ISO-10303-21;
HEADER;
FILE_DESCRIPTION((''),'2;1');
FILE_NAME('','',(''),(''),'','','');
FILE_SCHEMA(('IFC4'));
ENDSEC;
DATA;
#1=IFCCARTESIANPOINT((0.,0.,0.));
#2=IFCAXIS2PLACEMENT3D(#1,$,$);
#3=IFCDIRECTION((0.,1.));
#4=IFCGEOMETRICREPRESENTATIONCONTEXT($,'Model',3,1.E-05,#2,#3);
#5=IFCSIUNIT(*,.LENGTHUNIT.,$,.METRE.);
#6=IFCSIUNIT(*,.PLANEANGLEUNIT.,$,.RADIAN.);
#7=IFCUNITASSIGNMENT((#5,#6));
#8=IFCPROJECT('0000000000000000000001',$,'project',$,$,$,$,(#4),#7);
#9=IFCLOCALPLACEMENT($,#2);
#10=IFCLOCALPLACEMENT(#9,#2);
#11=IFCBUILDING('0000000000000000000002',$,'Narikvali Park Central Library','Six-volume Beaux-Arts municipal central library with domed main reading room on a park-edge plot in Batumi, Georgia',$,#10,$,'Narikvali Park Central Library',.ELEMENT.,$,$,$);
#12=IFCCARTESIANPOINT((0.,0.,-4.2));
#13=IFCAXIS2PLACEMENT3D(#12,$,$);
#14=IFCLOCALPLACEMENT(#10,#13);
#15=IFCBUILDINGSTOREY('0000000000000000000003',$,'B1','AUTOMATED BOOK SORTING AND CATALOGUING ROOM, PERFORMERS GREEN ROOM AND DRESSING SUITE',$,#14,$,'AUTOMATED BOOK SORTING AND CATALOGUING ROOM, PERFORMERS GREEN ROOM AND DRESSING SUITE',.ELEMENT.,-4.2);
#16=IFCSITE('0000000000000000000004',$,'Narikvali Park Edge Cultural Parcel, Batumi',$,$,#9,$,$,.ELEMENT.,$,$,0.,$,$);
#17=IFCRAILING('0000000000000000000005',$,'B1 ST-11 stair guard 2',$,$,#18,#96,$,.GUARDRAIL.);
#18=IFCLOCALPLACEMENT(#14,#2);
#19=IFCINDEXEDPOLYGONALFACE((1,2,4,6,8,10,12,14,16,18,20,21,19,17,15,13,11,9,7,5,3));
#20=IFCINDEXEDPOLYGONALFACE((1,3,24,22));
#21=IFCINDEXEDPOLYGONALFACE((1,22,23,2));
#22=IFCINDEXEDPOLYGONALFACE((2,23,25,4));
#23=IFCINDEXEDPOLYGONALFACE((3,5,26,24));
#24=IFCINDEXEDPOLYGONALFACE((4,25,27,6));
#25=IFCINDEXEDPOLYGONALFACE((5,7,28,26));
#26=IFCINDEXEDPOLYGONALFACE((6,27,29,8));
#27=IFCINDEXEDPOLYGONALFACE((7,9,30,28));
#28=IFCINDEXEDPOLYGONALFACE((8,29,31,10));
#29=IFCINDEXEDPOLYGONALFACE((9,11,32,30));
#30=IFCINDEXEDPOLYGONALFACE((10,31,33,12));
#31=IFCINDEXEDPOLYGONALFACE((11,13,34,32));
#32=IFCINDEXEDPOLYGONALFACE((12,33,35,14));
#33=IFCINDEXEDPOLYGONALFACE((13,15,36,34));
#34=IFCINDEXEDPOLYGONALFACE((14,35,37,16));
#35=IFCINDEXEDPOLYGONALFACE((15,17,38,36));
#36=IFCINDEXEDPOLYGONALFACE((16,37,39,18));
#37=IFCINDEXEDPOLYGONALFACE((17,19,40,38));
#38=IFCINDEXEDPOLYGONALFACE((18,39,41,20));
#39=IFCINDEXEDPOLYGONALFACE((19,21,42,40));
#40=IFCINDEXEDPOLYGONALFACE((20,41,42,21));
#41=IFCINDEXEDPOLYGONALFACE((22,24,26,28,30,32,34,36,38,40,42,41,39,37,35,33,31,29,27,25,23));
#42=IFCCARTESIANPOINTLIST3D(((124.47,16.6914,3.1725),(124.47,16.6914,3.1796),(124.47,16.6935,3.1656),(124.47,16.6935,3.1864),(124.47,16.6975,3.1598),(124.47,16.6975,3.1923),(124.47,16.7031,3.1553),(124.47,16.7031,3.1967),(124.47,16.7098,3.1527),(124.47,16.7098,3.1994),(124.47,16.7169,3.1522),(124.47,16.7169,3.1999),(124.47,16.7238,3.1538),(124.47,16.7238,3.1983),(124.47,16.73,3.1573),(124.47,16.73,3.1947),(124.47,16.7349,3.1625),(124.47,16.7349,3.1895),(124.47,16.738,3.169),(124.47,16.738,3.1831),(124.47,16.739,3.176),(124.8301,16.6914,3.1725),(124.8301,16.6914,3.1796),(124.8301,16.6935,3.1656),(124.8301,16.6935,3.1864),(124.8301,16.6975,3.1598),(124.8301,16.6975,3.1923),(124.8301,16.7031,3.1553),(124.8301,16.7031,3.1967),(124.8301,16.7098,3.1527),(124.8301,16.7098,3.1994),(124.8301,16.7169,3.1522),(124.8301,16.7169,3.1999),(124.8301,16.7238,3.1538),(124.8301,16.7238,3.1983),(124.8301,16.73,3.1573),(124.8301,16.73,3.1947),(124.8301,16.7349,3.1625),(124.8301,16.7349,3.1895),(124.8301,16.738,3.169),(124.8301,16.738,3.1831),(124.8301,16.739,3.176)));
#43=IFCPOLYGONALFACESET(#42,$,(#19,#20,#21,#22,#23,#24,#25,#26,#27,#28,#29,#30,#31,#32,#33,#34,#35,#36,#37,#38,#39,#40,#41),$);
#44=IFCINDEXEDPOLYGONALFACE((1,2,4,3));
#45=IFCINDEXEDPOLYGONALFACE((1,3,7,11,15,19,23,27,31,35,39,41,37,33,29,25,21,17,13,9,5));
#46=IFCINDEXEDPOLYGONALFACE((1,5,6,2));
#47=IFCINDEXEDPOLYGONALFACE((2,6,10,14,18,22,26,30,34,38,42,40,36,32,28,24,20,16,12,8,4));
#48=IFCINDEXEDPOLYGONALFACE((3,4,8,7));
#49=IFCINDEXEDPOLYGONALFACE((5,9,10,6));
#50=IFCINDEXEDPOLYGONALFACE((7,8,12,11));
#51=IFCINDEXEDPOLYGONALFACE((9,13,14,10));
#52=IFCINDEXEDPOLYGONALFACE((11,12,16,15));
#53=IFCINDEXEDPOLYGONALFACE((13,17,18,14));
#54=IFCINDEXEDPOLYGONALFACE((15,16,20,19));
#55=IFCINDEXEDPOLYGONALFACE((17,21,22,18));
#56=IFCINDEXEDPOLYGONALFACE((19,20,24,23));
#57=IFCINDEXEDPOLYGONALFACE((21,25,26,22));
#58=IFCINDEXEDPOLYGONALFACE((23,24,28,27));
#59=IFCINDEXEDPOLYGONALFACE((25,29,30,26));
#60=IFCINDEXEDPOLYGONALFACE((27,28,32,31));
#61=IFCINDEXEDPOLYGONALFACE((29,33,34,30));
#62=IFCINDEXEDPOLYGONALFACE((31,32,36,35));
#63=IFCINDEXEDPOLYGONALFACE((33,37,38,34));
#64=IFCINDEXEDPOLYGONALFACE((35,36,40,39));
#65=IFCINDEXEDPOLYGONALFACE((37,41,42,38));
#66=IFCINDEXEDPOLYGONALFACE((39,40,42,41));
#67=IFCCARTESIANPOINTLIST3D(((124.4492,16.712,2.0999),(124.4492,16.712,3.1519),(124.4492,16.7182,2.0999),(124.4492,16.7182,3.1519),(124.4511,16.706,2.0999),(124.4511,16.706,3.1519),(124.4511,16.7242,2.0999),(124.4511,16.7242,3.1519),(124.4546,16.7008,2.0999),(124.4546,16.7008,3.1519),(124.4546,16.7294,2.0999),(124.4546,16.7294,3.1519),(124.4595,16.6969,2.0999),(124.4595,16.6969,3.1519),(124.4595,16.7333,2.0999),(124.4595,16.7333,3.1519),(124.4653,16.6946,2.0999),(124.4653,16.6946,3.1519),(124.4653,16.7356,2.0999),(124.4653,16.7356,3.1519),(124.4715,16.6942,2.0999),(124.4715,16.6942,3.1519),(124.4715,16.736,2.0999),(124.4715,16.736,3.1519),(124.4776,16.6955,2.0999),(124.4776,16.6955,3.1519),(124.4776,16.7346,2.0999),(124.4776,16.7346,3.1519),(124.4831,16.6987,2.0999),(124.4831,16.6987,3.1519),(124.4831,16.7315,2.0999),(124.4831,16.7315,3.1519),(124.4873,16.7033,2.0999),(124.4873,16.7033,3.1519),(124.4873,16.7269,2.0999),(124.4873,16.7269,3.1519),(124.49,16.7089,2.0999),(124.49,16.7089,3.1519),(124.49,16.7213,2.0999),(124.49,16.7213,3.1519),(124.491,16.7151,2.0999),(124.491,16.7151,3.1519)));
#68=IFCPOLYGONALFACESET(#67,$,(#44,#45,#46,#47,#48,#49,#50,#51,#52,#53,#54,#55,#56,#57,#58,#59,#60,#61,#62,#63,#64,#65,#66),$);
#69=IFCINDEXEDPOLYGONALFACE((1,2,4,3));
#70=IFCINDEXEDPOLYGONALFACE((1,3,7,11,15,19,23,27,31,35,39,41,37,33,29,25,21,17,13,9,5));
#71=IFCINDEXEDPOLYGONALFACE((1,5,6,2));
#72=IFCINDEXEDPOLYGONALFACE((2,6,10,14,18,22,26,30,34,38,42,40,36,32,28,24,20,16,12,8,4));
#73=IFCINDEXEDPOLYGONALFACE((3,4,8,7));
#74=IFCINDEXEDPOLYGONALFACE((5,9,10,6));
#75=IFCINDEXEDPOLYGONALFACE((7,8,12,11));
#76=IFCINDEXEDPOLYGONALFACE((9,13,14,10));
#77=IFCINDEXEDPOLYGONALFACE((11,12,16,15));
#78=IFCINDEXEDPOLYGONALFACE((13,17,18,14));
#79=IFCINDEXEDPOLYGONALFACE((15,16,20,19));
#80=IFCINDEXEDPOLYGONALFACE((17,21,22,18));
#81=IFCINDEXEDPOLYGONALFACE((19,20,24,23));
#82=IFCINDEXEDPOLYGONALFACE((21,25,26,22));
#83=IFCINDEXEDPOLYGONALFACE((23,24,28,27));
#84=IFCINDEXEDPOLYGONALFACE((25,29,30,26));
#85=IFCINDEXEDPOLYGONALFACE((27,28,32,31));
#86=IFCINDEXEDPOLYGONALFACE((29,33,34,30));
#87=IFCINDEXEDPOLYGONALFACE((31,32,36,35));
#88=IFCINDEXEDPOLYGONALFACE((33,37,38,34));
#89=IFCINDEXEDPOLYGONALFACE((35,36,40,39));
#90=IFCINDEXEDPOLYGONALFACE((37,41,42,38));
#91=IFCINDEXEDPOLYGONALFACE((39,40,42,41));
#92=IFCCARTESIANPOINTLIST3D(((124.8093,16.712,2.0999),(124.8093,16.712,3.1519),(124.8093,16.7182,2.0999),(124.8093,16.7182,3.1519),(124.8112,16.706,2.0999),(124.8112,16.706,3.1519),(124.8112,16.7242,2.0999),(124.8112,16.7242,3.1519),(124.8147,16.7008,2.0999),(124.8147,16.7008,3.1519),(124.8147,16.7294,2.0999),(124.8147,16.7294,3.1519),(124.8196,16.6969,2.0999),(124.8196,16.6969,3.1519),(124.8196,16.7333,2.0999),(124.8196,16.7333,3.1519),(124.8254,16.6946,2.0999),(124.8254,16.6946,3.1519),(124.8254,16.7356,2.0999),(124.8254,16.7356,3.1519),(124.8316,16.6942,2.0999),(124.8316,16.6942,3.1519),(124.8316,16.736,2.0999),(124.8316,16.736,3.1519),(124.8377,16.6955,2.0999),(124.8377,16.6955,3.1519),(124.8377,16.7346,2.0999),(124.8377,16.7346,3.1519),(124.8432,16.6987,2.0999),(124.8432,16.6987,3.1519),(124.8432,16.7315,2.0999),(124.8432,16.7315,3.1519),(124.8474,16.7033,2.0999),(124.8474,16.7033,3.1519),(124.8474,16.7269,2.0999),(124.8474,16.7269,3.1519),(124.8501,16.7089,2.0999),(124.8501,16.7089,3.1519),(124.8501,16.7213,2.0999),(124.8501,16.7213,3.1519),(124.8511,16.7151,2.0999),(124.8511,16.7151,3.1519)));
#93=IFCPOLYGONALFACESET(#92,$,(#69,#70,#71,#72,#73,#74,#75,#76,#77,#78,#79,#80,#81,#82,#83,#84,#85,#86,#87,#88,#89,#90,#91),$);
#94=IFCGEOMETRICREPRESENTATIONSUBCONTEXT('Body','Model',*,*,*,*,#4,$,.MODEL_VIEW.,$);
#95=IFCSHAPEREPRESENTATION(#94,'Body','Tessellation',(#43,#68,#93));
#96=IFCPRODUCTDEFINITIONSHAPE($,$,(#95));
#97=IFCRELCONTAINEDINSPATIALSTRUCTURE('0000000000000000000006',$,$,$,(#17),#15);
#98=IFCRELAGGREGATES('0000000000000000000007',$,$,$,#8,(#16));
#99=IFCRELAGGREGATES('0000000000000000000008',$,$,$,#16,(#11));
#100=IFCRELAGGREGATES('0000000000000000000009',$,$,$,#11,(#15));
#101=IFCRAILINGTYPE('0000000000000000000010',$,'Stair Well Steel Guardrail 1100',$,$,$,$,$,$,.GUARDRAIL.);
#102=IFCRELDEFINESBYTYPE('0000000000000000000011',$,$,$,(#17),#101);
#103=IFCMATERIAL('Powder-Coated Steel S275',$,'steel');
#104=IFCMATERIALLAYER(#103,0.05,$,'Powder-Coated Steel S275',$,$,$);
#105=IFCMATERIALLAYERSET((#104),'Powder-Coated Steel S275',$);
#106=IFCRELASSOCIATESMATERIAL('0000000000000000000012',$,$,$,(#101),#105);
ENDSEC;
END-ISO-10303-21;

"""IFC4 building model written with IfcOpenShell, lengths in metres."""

from ifc_helpers import new_model, si_unit, direction, frame, origin, origin_2d, place, context, subcontext, project, spatial, circle, extrude, material, layer, layer_set, type_object, element, save


model = new_model("IFC4")

# Units and contexts
model_context = context("Model", 3, precision=1e-05, world=origin(), true_north=direction((0.0, 1.0)))
body_context = subcontext(model_context, "Body", "Model", "MODEL_VIEW")
ifc_project = project(units=[si_unit("LENGTHUNIT", "METRE"), si_unit("PLANEANGLEUNIT", "RADIAN")], contexts=[model_context])

# Site, building, storey
site_placement = place(None, origin())
site = spatial("IfcSite", under=ifc_project, at=site_placement, Name="Narikvali Park Edge Cultural Parcel, Batumi", CompositionType="ELEMENT", RefElevation=0.0)
building_placement = place(site_placement, origin())
building = spatial("IfcBuilding", under=site, at=building_placement, Name="Narikvali Park Central Library", Description="Six-volume Beaux-Arts municipal central library with domed main reading room on a park-edge plot in Batumi, Georgia", LongName="Narikvali Park Central Library", CompositionType="ELEMENT")
storey_placement = place(building_placement, frame((0.0, 0.0, -4.2)))
storey = spatial("IfcBuildingStorey", under=building, at=storey_placement, Name="B1", Description="AUTOMATED BOOK SORTING AND CATALOGUING ROOM, PERFORMERS GREEN ROOM AND DRESSING SUITE", LongName="AUTOMATED BOOK SORTING AND CATALOGUING ROOM, PERFORMERS GREEN ROOM AND DRESSING SUITE", CompositionType="ELEMENT", Elevation=-4.2)

# Railing
ifc_material_1 = material(Name="Powder-Coated Steel S275", Category="steel")
ifc_layer_1 = layer(ifc_material_1, 0.05, Name="Powder-Coated Steel S275")
ifc_layer_set_1 = layer_set([ifc_layer_1], Name="Powder-Coated Steel S275")
railing_type_1 = type_object("IfcRailingType", Name="Stair Well Steel Guardrail 1100", PredefinedType="GUARDRAIL", material=ifc_layer_set_1)
railing_1_placement = place(storey_placement, frame((124.47, 16.7151, 2.0999)))
element("IfcRailing", 1, at=railing_1_placement, inside=storey, type_object=railing_type_1, Name="B1 ST-11 stair guard 2", PredefinedType="GUARDRAIL", context=body_context, shape_type="SweptSolid", body=[
    extrude(circle(Radius=0.0239, at=origin_2d()), frame((0.0, 0.0, 1.0762), z_axis=(1.0, 0.0, 0.0), x_axis=(0.0, 1.0, 0.0)), (0.0, 0.0, 1.0), 0.3601),
    extrude(circle(Radius=0.021, at=origin_2d()), origin(), (0.0, 0.0, 1.0), 1.052),
    extrude(circle(Radius=0.021, at=origin_2d()), frame((0.3601, 0.0, 0.0)), (0.0, 0.0, 1.0), 1.052),
])

save(model, "model.ifc")
